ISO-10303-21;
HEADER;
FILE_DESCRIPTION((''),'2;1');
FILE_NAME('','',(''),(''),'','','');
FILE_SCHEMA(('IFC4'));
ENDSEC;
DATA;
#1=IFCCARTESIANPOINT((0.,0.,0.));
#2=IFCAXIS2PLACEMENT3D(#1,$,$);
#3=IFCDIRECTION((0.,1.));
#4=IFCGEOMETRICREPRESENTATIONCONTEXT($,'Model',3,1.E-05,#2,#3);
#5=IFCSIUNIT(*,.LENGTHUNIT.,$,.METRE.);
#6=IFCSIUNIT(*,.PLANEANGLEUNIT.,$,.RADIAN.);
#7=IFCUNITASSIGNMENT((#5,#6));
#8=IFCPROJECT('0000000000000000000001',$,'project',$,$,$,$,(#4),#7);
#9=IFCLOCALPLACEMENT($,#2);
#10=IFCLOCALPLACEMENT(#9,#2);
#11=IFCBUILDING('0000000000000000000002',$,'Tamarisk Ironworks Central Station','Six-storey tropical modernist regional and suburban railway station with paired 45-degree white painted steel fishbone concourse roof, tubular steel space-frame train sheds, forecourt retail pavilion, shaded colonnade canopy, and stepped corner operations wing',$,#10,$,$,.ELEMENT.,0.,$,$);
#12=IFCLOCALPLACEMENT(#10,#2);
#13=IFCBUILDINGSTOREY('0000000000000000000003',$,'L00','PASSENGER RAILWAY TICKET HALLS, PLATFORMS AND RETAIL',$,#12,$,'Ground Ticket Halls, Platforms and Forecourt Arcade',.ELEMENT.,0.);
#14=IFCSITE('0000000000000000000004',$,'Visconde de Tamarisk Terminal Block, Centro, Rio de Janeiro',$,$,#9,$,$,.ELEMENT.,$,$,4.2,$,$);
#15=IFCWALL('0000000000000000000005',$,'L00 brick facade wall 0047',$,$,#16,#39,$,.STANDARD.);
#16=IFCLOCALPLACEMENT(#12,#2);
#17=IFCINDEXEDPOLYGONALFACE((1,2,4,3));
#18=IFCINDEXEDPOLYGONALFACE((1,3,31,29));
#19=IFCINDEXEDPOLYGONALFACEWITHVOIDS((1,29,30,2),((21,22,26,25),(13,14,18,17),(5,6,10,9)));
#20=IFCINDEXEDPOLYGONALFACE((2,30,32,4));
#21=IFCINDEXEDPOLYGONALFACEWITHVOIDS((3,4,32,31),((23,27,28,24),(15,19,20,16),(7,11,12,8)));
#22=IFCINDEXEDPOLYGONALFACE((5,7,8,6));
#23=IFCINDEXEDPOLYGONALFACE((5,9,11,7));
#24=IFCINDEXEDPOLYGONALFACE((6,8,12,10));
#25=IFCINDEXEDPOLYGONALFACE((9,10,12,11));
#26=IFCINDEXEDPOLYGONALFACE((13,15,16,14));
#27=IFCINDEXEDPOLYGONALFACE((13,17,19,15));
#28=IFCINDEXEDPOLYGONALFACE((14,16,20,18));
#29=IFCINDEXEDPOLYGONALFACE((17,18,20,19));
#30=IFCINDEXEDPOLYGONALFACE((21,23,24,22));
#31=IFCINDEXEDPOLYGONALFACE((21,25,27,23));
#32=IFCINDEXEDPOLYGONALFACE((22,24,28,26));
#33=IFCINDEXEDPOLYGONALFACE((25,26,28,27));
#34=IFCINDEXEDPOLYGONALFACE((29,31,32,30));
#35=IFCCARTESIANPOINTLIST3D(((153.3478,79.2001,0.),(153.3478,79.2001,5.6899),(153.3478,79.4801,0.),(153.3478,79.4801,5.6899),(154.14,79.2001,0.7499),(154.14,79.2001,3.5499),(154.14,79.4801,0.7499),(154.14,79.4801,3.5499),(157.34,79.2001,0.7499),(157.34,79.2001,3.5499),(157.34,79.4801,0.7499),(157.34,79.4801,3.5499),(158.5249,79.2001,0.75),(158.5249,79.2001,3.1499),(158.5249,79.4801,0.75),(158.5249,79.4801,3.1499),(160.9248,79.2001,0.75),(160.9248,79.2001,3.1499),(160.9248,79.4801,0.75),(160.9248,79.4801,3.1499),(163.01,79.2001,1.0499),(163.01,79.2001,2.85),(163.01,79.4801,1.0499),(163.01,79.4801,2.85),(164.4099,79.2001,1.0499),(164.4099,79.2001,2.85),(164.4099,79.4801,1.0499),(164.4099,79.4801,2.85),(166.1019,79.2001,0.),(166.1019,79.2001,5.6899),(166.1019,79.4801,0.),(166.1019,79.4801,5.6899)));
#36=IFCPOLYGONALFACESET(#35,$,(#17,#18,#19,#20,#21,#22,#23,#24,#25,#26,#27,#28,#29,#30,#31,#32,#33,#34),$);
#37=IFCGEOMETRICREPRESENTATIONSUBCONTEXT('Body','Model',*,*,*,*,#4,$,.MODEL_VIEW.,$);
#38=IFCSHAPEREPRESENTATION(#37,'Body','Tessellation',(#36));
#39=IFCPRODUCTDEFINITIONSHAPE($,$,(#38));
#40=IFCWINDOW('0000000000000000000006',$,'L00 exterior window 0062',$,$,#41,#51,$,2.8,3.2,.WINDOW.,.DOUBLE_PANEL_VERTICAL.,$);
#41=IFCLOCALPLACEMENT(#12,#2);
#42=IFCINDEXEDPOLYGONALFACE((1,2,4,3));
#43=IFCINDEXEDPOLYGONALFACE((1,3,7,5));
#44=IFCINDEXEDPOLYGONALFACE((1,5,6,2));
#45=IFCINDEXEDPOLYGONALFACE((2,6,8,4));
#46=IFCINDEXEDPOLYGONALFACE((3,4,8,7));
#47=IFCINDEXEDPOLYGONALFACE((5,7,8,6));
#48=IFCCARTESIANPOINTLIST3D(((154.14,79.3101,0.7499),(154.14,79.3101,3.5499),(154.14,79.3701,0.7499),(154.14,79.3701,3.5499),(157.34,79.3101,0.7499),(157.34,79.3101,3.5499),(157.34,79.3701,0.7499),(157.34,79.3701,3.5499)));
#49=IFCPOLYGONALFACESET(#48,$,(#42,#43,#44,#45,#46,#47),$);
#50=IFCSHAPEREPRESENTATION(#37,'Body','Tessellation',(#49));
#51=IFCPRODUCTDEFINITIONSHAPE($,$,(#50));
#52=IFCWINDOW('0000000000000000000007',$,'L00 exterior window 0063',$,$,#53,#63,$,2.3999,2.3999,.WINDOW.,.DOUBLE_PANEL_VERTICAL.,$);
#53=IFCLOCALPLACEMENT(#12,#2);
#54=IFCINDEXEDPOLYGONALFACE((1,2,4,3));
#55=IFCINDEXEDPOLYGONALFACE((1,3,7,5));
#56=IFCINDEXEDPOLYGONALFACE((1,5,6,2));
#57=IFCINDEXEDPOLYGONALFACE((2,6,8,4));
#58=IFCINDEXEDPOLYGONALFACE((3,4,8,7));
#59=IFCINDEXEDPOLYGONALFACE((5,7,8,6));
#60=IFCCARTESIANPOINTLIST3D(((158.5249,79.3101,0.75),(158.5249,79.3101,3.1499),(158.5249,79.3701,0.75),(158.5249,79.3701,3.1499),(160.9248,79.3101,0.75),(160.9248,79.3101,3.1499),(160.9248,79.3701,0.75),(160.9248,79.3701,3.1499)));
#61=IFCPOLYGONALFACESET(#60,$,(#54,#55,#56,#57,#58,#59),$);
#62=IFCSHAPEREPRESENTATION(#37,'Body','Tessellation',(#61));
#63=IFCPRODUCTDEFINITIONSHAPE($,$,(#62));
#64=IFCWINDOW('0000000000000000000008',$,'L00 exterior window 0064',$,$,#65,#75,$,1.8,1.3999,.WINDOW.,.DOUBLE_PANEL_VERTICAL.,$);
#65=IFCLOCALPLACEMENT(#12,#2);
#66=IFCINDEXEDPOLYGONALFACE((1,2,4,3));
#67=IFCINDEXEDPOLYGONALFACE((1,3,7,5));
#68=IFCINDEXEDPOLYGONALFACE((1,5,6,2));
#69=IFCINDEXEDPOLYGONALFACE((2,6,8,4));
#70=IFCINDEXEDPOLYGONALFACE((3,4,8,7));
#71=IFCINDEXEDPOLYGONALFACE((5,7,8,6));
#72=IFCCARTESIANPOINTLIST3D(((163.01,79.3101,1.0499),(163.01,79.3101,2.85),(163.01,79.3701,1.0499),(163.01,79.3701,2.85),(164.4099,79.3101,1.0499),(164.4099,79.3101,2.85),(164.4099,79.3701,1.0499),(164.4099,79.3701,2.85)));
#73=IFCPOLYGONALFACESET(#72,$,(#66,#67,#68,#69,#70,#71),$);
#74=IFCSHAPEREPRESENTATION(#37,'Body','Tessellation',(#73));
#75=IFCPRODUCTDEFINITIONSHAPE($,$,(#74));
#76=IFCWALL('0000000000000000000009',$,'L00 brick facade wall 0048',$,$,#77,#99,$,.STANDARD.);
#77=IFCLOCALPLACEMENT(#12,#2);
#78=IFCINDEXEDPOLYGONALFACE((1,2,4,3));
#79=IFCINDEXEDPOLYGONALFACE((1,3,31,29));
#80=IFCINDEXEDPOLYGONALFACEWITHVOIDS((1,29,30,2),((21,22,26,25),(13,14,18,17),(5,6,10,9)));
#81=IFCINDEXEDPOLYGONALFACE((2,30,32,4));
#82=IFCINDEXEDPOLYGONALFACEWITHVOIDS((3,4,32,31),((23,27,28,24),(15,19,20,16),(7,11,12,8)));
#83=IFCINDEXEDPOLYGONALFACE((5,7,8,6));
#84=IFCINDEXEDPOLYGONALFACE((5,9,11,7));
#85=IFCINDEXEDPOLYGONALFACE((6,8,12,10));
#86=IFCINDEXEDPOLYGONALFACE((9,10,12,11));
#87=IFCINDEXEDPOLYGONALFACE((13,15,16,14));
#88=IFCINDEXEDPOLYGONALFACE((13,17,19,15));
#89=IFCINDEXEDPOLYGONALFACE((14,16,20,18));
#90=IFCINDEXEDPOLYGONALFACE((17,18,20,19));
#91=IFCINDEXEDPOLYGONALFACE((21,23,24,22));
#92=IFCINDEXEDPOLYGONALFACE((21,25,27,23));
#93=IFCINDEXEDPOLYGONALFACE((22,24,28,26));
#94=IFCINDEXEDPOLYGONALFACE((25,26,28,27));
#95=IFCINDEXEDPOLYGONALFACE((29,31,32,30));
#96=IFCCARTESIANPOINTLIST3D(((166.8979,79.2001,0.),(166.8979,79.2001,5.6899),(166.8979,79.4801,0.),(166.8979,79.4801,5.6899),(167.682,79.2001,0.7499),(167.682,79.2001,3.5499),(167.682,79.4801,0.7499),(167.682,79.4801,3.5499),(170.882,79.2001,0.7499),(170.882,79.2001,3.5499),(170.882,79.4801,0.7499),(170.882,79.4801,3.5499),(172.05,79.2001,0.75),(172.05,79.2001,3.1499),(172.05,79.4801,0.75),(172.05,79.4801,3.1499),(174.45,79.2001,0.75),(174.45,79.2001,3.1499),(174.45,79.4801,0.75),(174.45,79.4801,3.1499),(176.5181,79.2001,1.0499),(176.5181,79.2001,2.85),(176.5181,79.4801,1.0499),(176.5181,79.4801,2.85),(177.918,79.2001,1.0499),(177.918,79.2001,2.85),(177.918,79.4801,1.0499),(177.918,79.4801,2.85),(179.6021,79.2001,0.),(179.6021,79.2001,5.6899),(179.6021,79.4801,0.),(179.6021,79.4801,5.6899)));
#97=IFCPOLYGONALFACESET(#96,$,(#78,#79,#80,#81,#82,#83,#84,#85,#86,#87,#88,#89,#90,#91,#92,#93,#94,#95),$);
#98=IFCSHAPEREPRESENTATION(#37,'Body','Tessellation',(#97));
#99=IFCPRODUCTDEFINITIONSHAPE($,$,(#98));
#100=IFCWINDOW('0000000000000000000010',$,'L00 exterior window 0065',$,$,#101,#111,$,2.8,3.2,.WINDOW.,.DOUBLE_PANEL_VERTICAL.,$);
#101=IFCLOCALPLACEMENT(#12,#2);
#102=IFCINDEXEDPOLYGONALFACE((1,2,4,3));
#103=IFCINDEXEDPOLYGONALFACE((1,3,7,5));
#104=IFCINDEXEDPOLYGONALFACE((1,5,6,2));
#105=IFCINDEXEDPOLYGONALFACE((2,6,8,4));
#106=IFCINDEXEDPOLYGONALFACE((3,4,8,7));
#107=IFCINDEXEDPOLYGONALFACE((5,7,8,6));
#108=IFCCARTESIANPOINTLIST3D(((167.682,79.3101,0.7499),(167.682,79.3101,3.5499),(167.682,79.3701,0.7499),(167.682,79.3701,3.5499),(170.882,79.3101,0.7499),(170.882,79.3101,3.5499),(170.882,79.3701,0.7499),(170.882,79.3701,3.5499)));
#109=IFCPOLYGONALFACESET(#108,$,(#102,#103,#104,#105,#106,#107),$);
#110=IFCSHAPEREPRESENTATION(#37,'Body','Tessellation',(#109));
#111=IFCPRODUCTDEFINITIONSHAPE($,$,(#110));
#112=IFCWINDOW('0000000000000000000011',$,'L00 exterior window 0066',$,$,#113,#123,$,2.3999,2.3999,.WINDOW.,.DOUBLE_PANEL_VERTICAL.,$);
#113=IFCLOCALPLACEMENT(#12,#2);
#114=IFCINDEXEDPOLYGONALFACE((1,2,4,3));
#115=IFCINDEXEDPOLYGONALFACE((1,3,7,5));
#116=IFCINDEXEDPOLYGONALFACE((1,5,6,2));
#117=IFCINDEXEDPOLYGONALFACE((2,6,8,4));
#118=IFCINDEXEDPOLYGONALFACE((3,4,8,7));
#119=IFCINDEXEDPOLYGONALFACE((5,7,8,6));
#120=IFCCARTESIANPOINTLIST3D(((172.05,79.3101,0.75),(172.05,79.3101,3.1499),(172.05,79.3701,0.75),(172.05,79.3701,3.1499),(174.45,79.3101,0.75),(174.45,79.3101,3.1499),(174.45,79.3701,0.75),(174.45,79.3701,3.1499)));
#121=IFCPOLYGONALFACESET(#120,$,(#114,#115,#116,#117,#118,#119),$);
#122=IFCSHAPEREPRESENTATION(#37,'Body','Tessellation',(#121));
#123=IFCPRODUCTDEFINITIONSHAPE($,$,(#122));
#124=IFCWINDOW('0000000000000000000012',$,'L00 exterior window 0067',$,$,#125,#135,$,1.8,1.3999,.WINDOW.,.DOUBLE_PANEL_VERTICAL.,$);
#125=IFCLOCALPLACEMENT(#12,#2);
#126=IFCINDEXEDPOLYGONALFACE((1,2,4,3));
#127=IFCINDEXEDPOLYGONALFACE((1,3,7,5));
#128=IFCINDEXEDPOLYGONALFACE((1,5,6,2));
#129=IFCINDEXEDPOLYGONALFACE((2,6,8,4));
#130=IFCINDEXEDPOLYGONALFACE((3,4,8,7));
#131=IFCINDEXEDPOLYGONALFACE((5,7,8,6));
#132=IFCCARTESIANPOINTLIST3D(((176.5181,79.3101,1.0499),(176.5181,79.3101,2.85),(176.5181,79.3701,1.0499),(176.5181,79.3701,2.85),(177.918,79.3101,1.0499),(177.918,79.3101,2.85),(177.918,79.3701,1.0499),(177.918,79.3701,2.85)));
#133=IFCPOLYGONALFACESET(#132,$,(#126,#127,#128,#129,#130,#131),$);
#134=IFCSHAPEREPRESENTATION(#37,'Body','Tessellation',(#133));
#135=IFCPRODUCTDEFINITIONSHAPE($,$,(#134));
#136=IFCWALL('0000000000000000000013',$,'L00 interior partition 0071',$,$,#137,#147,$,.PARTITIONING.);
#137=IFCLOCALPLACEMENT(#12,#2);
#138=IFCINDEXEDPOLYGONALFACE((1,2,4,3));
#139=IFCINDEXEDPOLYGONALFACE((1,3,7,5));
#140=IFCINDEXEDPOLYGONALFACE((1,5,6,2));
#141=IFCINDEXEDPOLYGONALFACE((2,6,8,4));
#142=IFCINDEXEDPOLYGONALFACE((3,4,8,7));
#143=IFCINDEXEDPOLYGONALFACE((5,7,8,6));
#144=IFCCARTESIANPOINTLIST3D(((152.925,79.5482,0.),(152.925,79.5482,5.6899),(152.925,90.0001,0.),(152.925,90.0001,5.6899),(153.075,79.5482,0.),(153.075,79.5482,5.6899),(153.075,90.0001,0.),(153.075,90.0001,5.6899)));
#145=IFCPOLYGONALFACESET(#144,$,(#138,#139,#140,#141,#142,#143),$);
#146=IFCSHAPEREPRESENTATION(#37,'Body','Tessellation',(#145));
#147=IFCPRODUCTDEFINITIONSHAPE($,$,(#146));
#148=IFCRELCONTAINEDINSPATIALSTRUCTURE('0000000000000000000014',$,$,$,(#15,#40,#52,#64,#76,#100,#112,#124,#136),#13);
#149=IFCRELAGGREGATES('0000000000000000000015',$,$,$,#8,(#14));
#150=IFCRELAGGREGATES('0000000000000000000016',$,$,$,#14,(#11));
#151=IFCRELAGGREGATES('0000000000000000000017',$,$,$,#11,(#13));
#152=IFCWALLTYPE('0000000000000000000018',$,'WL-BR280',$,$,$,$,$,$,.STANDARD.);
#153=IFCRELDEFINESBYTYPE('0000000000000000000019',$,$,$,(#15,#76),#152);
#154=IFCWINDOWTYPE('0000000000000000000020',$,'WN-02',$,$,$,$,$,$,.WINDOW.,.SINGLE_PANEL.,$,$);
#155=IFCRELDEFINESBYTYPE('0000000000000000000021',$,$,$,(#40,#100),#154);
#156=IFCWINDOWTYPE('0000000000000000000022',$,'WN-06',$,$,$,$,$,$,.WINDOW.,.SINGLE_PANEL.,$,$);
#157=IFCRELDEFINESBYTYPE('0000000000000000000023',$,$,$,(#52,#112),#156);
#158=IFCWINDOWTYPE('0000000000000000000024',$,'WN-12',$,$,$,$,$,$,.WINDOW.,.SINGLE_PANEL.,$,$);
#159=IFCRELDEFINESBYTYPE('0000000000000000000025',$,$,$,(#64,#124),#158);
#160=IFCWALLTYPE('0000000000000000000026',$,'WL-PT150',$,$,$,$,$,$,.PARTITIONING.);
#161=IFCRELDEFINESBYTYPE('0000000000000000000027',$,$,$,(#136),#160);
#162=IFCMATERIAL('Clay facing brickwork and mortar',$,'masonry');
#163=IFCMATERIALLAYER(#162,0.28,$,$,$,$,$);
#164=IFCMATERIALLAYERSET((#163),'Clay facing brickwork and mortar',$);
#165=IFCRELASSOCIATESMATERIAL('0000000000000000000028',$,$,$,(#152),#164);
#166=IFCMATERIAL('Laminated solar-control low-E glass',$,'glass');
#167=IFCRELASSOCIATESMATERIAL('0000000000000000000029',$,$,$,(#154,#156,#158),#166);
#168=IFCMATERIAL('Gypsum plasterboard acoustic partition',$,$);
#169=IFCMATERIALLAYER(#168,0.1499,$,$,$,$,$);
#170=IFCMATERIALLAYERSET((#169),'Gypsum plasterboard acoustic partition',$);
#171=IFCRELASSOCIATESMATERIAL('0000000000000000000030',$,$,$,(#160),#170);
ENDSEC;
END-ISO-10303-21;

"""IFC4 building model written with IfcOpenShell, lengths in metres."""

from ifc_helpers import new_model, si_unit, direction, frame, frame_2d, origin, place, context, subcontext, project, spatial, rectangle, extrude, material, layer, layer_set, type_object, element, fill, save


model = new_model("IFC4")

# Units and contexts
model_context = context("Model", 3, precision=1e-05, world=origin(), true_north=direction((0.0, 1.0)))
body_context = subcontext(model_context, "Body", "Model", "MODEL_VIEW")
ifc_project = project(units=[si_unit("LENGTHUNIT", "METRE"), si_unit("PLANEANGLEUNIT", "RADIAN")], contexts=[model_context])

# Site, building, storey
site_placement = place(None, origin())
site = spatial("IfcSite", under=ifc_project, at=site_placement, Name="Visconde de Tamarisk Terminal Block, Centro, Rio de Janeiro", CompositionType="ELEMENT", RefElevation=4.2)
building_placement = place(site_placement, origin())
building = spatial("IfcBuilding", under=site, at=building_placement, Name="Tamarisk Ironworks Central Station", Description="Six-storey tropical modernist regional and suburban railway station with paired 45-degree white painted steel fishbone concourse roof, tubular steel space-frame train sheds, forecourt retail pavilion, shaded colonnade canopy, and stepped corner operations wing", CompositionType="ELEMENT", ElevationOfRefHeight=0.0)
storey_placement = place(building_placement, origin())
storey = spatial("IfcBuildingStorey", under=building, at=storey_placement, Name="L00", Description="PASSENGER RAILWAY TICKET HALLS, PLATFORMS AND RETAIL", LongName="Ground Ticket Halls, Platforms and Forecourt Arcade", CompositionType="ELEMENT", Elevation=0.0)

# Walls, openings, windows
ifc_material_1 = material(Name="Clay facing brickwork and mortar", Category="masonry")
ifc_layer_1 = layer(ifc_material_1, 0.28)
ifc_layer_set_1 = layer_set([ifc_layer_1], Name="Clay facing brickwork and mortar")
wall_type_1 = type_object("IfcWallType", Name="WL-BR280", PredefinedType="STANDARD", material=ifc_layer_set_1)
wall_1_placement = place(storey_placement, frame((153.3479, 79.3401, 0.0), z_axis=(0.0, 0.0, 1.0), x_axis=(1.0, 0.0, 0.0)))
wall_1 = element("IfcWall", 1, at=wall_1_placement, inside=storey, type_object=wall_type_1, Name="L00 brick facade wall 0047", PredefinedType="STANDARD", context=body_context, shape_type="SweptSolid", body=[
    extrude(rectangle(XDim=12.7542, YDim=0.28, at=frame_2d((6.377, 0.0))), origin(), (0.0, 0.0, 1.0), 5.6899),
])
opening_1_placement = place(wall_1_placement, frame((0.792, 0.0, 0.75)))
opening_1 = element("IfcOpeningElement", 2, at=opening_1_placement, cuts=wall_1, PredefinedType="OPENING", context=body_context, shape_type="SweptSolid", body=[
    extrude(rectangle(XDim=3.2, YDim=2.8, at=frame_2d((1.6001, 1.3999))), frame((0.0, 0.1519, 0.0), z_axis=(0.0, -1.0, 0.0), x_axis=(1.0, 0.0, 0.0)), (0.0, 0.0, 1.0), 0.304),
])
opening_2_placement = place(wall_1_placement, frame((5.177, 0.0, 0.75)))
opening_2 = element("IfcOpeningElement", 3, at=opening_2_placement, cuts=wall_1, PredefinedType="OPENING", context=body_context, shape_type="SweptSolid", body=[
    extrude(rectangle(XDim=2.3999, YDim=2.3999, at=frame_2d((1.2, 1.2))), frame((0.0, 0.1519, 0.0), z_axis=(0.0, -1.0, 0.0), x_axis=(1.0, 0.0, 0.0)), (0.0, 0.0, 1.0), 0.304),
])
opening_3_placement = place(wall_1_placement, frame((9.6621, 0.0, 1.05)))
opening_3 = element("IfcOpeningElement", 4, at=opening_3_placement, cuts=wall_1, PredefinedType="OPENING", context=body_context, shape_type="SweptSolid", body=[
    extrude(rectangle(XDim=1.3999, YDim=1.8, at=frame_2d((0.7, 0.8999))), frame((0.0, 0.1519, 0.0), z_axis=(0.0, -1.0, 0.0), x_axis=(1.0, 0.0, 0.0)), (0.0, 0.0, 1.0), 0.304),
])
ifc_material_2 = material(Name="Laminated solar-control low-E glass", Category="glass")
window_type_1 = type_object("IfcWindowType", Name="WN-02", PartitioningType="SINGLE_PANEL", PredefinedType="WINDOW", material=ifc_material_2)
window_1_placement = place(opening_1_placement, origin())
window_1 = element("IfcWindow", 5, at=window_1_placement, inside=storey, type_object=window_type_1, Name="L00 exterior window 0062", OverallHeight=2.8, OverallWidth=3.2, PartitioningType="DOUBLE_PANEL_VERTICAL", PredefinedType="WINDOW", context=body_context, shape_type="SweptSolid", body=[
    extrude(rectangle(XDim=3.2, YDim=2.8, at=frame_2d((1.6001, 1.3999))), frame((0.0, 0.03, 0.0), z_axis=(0.0, -1.0, 0.0), x_axis=(1.0, 0.0, 0.0)), (0.0, 0.0, 1.0), 0.0601),
])
fill(opening_1, window_1)
window_type_2 = type_object("IfcWindowType", Name="WN-06", PartitioningType="SINGLE_PANEL", PredefinedType="WINDOW", material=ifc_material_2)
window_2_placement = place(opening_2_placement, origin())
window_2 = element("IfcWindow", 6, at=window_2_placement, inside=storey, type_object=window_type_2, Name="L00 exterior window 0063", OverallHeight=2.3999, OverallWidth=2.3999, PartitioningType="DOUBLE_PANEL_VERTICAL", PredefinedType="WINDOW", context=body_context, shape_type="SweptSolid", body=[
    extrude(rectangle(XDim=2.3999, YDim=2.3999, at=frame_2d((1.2, 1.2))), frame((0.0, 0.03, 0.0), z_axis=(0.0, -1.0, 0.0), x_axis=(1.0, 0.0, 0.0)), (0.0, 0.0, 1.0), 0.0601),
])
fill(opening_2, window_2)
window_type_3 = type_object("IfcWindowType", Name="WN-12", PartitioningType="SINGLE_PANEL", PredefinedType="WINDOW", material=ifc_material_2)
window_3_placement = place(opening_3_placement, origin())
window_3 = element("IfcWindow", 7, at=window_3_placement, inside=storey, type_object=window_type_3, Name="L00 exterior window 0064", OverallHeight=1.8, OverallWidth=1.3999, PartitioningType="DOUBLE_PANEL_VERTICAL", PredefinedType="WINDOW", context=body_context, shape_type="SweptSolid", body=[
    extrude(rectangle(XDim=1.3999, YDim=1.8, at=frame_2d((0.7, 0.8999))), frame((0.0, 0.03, 0.0), z_axis=(0.0, -1.0, 0.0), x_axis=(1.0, 0.0, 0.0)), (0.0, 0.0, 1.0), 0.0601),
])
fill(opening_3, window_3)
wall_2_placement = place(storey_placement, frame((166.8979, 79.3401, 0.0), z_axis=(0.0, 0.0, 1.0), x_axis=(1.0, 0.0, 0.0)))
wall_2 = element("IfcWall", 8, at=wall_2_placement, inside=storey, type_object=wall_type_1, Name="L00 brick facade wall 0048", PredefinedType="STANDARD", context=body_context, shape_type="SweptSolid", body=[
    extrude(rectangle(XDim=12.7041, YDim=0.28, at=frame_2d((6.3521, 0.0))), origin(), (0.0, 0.0, 1.0), 5.6899),
])
opening_4_placement = place(wall_2_placement, frame((0.7839, 0.0, 0.75)))
opening_4 = element("IfcOpeningElement", 9, at=opening_4_placement, cuts=wall_2, PredefinedType="OPENING", context=body_context, shape_type="SweptSolid", body=[
    extrude(rectangle(XDim=3.2, YDim=2.8, at=frame_2d((1.6001, 1.3999))), frame((0.0, 0.1519, 0.0), z_axis=(0.0, -1.0, 0.0), x_axis=(1.0, 0.0, 0.0)), (0.0, 0.0, 1.0), 0.304),
])
opening_5_placement = place(wall_2_placement, frame((5.1521, 0.0, 0.75)))
opening_5 = element("IfcOpeningElement", 10, at=opening_5_placement, cuts=wall_2, PredefinedType="OPENING", context=body_context, shape_type="SweptSolid", body=[
    extrude(rectangle(XDim=2.3999, YDim=2.3999, at=frame_2d((1.2, 1.2))), frame((0.0, 0.1519, 0.0), z_axis=(0.0, -1.0, 0.0), x_axis=(1.0, 0.0, 0.0)), (0.0, 0.0, 1.0), 0.304),
])
opening_6_placement = place(wall_2_placement, frame((9.6201, 0.0, 1.05)))
opening_6 = element("IfcOpeningElement", 11, at=opening_6_placement, cuts=wall_2, PredefinedType="OPENING", context=body_context, shape_type="SweptSolid", body=[
    extrude(rectangle(XDim=1.3999, YDim=1.8, at=frame_2d((0.7, 0.8999))), frame((0.0, 0.1519, 0.0), z_axis=(0.0, -1.0, 0.0), x_axis=(1.0, 0.0, 0.0)), (0.0, 0.0, 1.0), 0.304),
])
window_4_placement = place(opening_4_placement, origin())
window_4 = element("IfcWindow", 12, at=window_4_placement, inside=storey, type_object=window_type_1, Name="L00 exterior window 0065", OverallHeight=2.8, OverallWidth=3.2, PartitioningType="DOUBLE_PANEL_VERTICAL", PredefinedType="WINDOW", context=body_context, shape_type="SweptSolid", body=[
    extrude(rectangle(XDim=3.2, YDim=2.8, at=frame_2d((1.6001, 1.3999))), frame((0.0, 0.03, 0.0), z_axis=(0.0, -1.0, 0.0), x_axis=(1.0, 0.0, 0.0)), (0.0, 0.0, 1.0), 0.0601),
])
fill(opening_4, window_4)
window_5_placement = place(opening_5_placement, origin())
window_5 = element("IfcWindow", 13, at=window_5_placement, inside=storey, type_object=window_type_2, Name="L00 exterior window 0066", OverallHeight=2.3999, OverallWidth=2.3999, PartitioningType="DOUBLE_PANEL_VERTICAL", PredefinedType="WINDOW", context=body_context, shape_type="SweptSolid", body=[
    extrude(rectangle(XDim=2.3999, YDim=2.3999, at=frame_2d((1.2, 1.2))), frame((0.0, 0.03, 0.0), z_axis=(0.0, -1.0, 0.0), x_axis=(1.0, 0.0, 0.0)), (0.0, 0.0, 1.0), 0.0601),
])
fill(opening_5, window_5)
window_6_placement = place(opening_6_placement, origin())
window_6 = element("IfcWindow", 14, at=window_6_placement, inside=storey, type_object=window_type_3, Name="L00 exterior window 0067", OverallHeight=1.8, OverallWidth=1.3999, PartitioningType="DOUBLE_PANEL_VERTICAL", PredefinedType="WINDOW", context=body_context, shape_type="SweptSolid", body=[
    extrude(rectangle(XDim=1.3999, YDim=1.8, at=frame_2d((0.7, 0.8999))), frame((0.0, 0.03, 0.0), z_axis=(0.0, -1.0, 0.0), x_axis=(1.0, 0.0, 0.0)), (0.0, 0.0, 1.0), 0.0601),
])
fill(opening_6, window_6)

# Wall
ifc_material_3 = material(Name="Gypsum plasterboard acoustic partition")
ifc_layer_2 = layer(ifc_material_3, 0.1499)
ifc_layer_set_2 = layer_set([ifc_layer_2], Name="Gypsum plasterboard acoustic partition")
wall_type_2 = type_object("IfcWallType", Name="WL-PT150", PredefinedType="PARTITIONING", material=ifc_layer_set_2)
wall_3_placement = place(storey_placement, frame((153.0, 79.5481, 0.0), z_axis=(0.0, 0.0, 1.0), x_axis=(0.0, 1.0, 0.0)))
element("IfcWall", 15, at=wall_3_placement, inside=storey, type_object=wall_type_2, Name="L00 interior partition 0071", PredefinedType="PARTITIONING", context=body_context, shape_type="SweptSolid", body=[
    extrude(rectangle(XDim=10.4519, YDim=0.1499, at=frame_2d((5.2261, 0.0))), origin(), (0.0, 0.0, 1.0), 5.6899),
])

save(model, "model.ifc")
